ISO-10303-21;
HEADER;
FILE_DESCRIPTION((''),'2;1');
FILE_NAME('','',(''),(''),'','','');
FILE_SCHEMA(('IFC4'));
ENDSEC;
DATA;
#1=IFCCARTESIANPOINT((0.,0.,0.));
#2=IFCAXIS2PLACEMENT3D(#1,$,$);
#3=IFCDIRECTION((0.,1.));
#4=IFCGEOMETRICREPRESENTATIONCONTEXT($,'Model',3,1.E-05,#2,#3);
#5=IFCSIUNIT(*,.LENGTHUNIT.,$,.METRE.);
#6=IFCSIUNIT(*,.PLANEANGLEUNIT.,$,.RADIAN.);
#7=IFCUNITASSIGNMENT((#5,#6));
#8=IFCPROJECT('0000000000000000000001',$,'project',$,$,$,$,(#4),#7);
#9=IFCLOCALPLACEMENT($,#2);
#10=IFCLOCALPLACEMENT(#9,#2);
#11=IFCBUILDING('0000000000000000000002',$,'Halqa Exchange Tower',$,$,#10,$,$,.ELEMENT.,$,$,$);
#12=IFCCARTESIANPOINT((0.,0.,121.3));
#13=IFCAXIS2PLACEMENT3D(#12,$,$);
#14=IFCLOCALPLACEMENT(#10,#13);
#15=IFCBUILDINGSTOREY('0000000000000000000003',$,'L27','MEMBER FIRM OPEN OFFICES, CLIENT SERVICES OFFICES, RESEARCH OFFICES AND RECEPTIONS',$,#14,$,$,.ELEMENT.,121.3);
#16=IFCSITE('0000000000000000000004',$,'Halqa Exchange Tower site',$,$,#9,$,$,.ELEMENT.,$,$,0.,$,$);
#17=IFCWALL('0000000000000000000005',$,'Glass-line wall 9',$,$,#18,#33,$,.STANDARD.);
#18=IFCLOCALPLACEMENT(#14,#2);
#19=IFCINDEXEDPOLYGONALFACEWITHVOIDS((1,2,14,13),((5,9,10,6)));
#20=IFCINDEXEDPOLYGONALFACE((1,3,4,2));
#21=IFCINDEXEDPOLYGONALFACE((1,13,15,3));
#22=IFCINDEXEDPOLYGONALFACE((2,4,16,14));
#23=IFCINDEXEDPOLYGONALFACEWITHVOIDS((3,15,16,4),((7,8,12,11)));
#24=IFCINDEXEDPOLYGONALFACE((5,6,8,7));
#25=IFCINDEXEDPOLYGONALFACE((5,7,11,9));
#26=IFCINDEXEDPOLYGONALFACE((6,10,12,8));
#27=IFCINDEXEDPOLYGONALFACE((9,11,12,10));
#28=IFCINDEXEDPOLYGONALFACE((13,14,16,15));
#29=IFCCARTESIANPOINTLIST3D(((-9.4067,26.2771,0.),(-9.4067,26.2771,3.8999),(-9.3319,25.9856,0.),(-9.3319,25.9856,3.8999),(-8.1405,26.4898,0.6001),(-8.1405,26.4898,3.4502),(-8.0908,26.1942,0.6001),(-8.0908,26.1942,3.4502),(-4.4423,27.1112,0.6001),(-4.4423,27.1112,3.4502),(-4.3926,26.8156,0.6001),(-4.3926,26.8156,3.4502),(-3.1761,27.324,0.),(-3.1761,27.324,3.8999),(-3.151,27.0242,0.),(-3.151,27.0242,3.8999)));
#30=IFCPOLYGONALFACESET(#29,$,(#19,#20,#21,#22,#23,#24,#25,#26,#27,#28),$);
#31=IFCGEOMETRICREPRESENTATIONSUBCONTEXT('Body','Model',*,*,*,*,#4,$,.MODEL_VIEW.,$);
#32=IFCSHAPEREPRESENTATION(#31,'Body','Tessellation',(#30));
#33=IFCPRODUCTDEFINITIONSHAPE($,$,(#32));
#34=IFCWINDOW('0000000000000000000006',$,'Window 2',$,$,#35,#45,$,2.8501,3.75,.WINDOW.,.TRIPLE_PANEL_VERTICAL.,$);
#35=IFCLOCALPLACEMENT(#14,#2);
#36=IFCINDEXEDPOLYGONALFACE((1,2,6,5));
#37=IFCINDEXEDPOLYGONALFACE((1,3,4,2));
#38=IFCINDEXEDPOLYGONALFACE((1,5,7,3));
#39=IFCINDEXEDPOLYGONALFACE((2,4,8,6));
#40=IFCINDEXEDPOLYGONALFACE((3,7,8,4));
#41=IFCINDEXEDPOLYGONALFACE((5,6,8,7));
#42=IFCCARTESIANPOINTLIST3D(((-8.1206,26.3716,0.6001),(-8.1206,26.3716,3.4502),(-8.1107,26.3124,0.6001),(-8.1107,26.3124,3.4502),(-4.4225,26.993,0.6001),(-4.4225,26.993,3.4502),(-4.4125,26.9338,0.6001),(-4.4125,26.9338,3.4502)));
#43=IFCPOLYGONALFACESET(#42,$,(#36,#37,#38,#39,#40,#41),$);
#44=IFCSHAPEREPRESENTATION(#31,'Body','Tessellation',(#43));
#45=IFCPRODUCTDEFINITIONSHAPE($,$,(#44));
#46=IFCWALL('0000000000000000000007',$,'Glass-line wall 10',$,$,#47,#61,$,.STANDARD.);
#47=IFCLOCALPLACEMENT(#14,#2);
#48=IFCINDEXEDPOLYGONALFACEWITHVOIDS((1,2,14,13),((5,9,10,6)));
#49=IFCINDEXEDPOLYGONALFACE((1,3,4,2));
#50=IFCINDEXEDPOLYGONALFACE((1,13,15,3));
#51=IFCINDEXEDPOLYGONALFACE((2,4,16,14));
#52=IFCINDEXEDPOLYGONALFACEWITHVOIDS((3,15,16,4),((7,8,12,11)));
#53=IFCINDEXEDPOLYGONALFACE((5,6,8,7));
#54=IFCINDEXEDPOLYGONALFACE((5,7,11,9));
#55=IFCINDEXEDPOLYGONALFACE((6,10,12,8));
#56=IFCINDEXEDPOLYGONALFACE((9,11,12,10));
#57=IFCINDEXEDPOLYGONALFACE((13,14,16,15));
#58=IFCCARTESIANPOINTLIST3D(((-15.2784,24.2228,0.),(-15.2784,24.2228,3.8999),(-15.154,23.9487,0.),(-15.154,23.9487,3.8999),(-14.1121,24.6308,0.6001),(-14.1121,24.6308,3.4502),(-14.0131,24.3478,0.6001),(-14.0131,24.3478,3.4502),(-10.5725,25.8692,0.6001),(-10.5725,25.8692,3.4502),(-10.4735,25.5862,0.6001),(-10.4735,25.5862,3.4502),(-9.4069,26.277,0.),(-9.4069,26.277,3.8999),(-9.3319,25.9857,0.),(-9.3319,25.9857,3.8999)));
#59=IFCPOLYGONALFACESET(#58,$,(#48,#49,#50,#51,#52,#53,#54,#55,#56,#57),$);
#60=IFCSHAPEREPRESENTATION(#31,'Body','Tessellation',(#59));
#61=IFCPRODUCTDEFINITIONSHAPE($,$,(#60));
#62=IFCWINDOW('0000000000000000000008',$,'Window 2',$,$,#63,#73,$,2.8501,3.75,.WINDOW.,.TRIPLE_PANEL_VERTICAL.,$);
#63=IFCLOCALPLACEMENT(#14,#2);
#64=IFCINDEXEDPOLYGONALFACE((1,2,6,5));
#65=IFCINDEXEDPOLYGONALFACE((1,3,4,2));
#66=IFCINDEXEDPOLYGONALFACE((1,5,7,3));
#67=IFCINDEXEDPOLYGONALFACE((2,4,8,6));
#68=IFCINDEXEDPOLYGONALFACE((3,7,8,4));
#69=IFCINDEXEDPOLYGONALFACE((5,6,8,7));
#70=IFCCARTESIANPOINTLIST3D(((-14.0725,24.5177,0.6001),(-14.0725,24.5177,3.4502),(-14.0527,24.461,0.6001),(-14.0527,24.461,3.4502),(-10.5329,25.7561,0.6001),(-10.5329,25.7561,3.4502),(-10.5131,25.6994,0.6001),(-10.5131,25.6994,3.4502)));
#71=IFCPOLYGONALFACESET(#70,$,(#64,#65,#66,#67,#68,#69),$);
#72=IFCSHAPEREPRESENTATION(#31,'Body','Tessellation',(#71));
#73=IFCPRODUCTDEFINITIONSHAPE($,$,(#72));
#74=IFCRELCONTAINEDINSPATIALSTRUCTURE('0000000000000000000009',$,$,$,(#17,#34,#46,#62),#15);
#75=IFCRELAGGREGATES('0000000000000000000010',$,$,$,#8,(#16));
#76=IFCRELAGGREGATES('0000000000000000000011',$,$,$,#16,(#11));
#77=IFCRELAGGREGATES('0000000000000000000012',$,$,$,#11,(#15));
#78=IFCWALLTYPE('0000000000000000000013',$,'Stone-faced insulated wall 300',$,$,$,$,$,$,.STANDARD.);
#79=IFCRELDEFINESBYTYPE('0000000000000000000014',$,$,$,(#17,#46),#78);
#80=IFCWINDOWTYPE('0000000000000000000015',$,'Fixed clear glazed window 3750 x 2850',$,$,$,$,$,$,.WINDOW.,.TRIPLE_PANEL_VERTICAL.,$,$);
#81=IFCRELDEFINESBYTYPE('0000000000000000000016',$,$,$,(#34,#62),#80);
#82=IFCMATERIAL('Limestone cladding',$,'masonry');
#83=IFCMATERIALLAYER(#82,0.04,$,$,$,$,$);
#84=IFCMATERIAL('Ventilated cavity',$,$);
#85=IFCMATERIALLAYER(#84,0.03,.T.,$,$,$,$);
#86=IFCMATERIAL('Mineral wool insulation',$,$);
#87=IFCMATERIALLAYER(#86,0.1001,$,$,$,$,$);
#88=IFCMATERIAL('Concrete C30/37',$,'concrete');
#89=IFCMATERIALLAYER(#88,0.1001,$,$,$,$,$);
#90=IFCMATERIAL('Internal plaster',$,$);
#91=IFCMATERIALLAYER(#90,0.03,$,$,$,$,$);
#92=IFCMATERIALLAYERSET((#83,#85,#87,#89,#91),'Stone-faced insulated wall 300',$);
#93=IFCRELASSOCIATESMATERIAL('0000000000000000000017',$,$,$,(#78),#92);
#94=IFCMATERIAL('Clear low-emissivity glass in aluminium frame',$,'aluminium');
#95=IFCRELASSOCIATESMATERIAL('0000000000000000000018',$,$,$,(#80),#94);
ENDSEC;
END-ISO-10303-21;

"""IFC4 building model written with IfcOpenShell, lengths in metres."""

from ifc_helpers import new_model, si_unit, direction, frame, frame_2d, origin, place, context, subcontext, project, spatial, polyline, rectangle, outline, extrude, material, layer, layer_set, type_object, element, fill, save


model = new_model("IFC4")

# Units and contexts
model_context = context("Model", 3, precision=1e-05, world=origin(), true_north=direction((0.0, 1.0)))
body_context = subcontext(model_context, "Body", "Model", "MODEL_VIEW")
ifc_project = project(units=[si_unit("LENGTHUNIT", "METRE"), si_unit("PLANEANGLEUNIT", "RADIAN")], contexts=[model_context])

# Site, building, storey
site_placement = place(None, origin())
site = spatial("IfcSite", under=ifc_project, at=site_placement, Name="Halqa Exchange Tower site", CompositionType="ELEMENT", RefElevation=0.0)
building_placement = place(site_placement, origin())
building = spatial("IfcBuilding", under=site, at=building_placement, Name="Halqa Exchange Tower", CompositionType="ELEMENT")
storey_placement = place(building_placement, frame((0.0, 0.0, 121.3)))
storey = spatial("IfcBuildingStorey", under=building, at=storey_placement, Name="L27", Description="MEMBER FIRM OPEN OFFICES, CLIENT SERVICES OFFICES, RESEARCH OFFICES AND RECEPTIONS", CompositionType="ELEMENT", Elevation=121.3)

# Shared definitions
ifc_material_1 = material(Name="Concrete C30/37", Category="concrete")

# Walls, openings, windows
ifc_material_2 = material(Name="Limestone cladding", Category="masonry")
ifc_layer_1 = layer(ifc_material_2, 0.04)
ifc_material_3 = material(Name="Ventilated cavity")
ifc_layer_2 = layer(ifc_material_3, 0.03, ventilated=True)
ifc_material_4 = material(Name="Mineral wool insulation")
ifc_layer_3 = layer(ifc_material_4, 0.1001)
ifc_layer_4 = layer(ifc_material_1, 0.1001)
ifc_material_5 = material(Name="Internal plaster")
ifc_layer_5 = layer(ifc_material_5, 0.03)
ifc_layer_set_1 = layer_set([ifc_layer_1, ifc_layer_2, ifc_layer_3, ifc_layer_4, ifc_layer_5], Name="Stone-faced insulated wall 300")
wall_type_1 = type_object("IfcWallType", Name="Stone-faced insulated wall 300", PredefinedType="STANDARD", material=ifc_layer_set_1)
wall_1_placement = place(storey_placement, frame((-3.1636, 27.1741, 0.0), z_axis=(0.0, 0.0, 1.0), x_axis=(-0.986176, -0.165701, 0.0)))
wall_1 = element("IfcWall", 1, at=wall_1_placement, inside=storey, type_object=wall_type_1, Name="Glass-line wall 9", PredefinedType="STANDARD", context=body_context, shape_type="SweptSolid", body=[
    extrude(outline(polyline([(-0.0125, -0.1499), (6.3054, -0.1499), (6.28, 0.1499), (0.0125, 0.1499), (-0.0125, -0.1499)])), origin(), (0.0, 0.0, 1.0), 3.8999),
])
opening_1_placement = place(wall_1_placement, frame((1.2715, 0.0, 0.6001)))
opening_1 = element("IfcOpeningElement", 2, at=opening_1_placement, cuts=wall_1, PredefinedType="OPENING", context=body_context, shape_type="SweptSolid", body=[
    extrude(rectangle(XDim=3.75, YDim=2.8501, at=frame_2d((1.875, 1.425))), frame((0.0, 0.1621, 0.0), z_axis=(0.0, -1.0, 0.0), x_axis=(1.0, 0.0, 0.0)), (0.0, 0.0, 1.0), 0.324),
])
ifc_material_6 = material(Name="Clear low-emissivity glass in aluminium frame", Category="aluminium")
window_type = type_object("IfcWindowType", Name="Fixed clear glazed window 3750 x 2850", PartitioningType="TRIPLE_PANEL_VERTICAL", PredefinedType="WINDOW", material=ifc_material_6)
window_1_placement = place(opening_1_placement, origin())
window_1 = element("IfcWindow", 3, at=window_1_placement, inside=storey, type_object=window_type, Name="Window 2", OverallHeight=2.8501, OverallWidth=3.75, PartitioningType="TRIPLE_PANEL_VERTICAL", PredefinedType="WINDOW", context=body_context, shape_type="SweptSolid", body=[
    extrude(rectangle(XDim=3.75, YDim=2.8501, at=frame_2d((1.875, 1.425))), frame((0.0, 0.03, 0.0), z_axis=(0.0, -1.0, 0.0), x_axis=(1.0, 0.0, 0.0)), (0.0, 0.0, 1.0), 0.0601),
])
fill(opening_1, window_1)
wall_2_placement = place(storey_placement, frame((-9.3694, 26.1313, 0.0), z_axis=(0.0, 0.0, 1.0), x_axis=(-0.943897, -0.33024, 0.0)))
wall_2 = element("IfcWall", 4, at=wall_2_placement, inside=storey, type_object=wall_type_1, Name="Glass-line wall 10", PredefinedType="STANDARD", context=body_context, shape_type="SweptSolid", body=[
    extrude(outline(polyline([(-0.0127, -0.1499), (6.2078, -0.1499), (6.1809, 0.1499), (0.0127, 0.1499), (-0.0127, -0.1499)])), origin(), (0.0, 0.0, 1.0), 3.8999),
])
opening_2_placement = place(wall_2_placement, frame((1.2222, 0.0, 0.6001)))
opening_2 = element("IfcOpeningElement", 5, at=opening_2_placement, cuts=wall_2, PredefinedType="OPENING", context=body_context, shape_type="SweptSolid", body=[
    extrude(rectangle(XDim=3.75, YDim=2.8501, at=frame_2d((1.875, 1.425))), frame((0.0, 0.1621, 0.0), z_axis=(0.0, -1.0, 0.0), x_axis=(1.0, 0.0, 0.0)), (0.0, 0.0, 1.0), 0.324),
])
window_2_placement = place(opening_2_placement, origin())
window_2 = element("IfcWindow", 6, at=window_2_placement, inside=storey, type_object=window_type, Name="Window 2", OverallHeight=2.8501, OverallWidth=3.75, PartitioningType="TRIPLE_PANEL_VERTICAL", PredefinedType="WINDOW", context=body_context, shape_type="SweptSolid", body=[
    extrude(rectangle(XDim=3.75, YDim=2.8501, at=frame_2d((1.875, 1.425))), frame((0.0, 0.03, 0.0), z_axis=(0.0, -1.0, 0.0), x_axis=(1.0, 0.0, 0.0)), (0.0, 0.0, 1.0), 0.0601),
])
fill(opening_2, window_2)

save(model, "model.ifc")
